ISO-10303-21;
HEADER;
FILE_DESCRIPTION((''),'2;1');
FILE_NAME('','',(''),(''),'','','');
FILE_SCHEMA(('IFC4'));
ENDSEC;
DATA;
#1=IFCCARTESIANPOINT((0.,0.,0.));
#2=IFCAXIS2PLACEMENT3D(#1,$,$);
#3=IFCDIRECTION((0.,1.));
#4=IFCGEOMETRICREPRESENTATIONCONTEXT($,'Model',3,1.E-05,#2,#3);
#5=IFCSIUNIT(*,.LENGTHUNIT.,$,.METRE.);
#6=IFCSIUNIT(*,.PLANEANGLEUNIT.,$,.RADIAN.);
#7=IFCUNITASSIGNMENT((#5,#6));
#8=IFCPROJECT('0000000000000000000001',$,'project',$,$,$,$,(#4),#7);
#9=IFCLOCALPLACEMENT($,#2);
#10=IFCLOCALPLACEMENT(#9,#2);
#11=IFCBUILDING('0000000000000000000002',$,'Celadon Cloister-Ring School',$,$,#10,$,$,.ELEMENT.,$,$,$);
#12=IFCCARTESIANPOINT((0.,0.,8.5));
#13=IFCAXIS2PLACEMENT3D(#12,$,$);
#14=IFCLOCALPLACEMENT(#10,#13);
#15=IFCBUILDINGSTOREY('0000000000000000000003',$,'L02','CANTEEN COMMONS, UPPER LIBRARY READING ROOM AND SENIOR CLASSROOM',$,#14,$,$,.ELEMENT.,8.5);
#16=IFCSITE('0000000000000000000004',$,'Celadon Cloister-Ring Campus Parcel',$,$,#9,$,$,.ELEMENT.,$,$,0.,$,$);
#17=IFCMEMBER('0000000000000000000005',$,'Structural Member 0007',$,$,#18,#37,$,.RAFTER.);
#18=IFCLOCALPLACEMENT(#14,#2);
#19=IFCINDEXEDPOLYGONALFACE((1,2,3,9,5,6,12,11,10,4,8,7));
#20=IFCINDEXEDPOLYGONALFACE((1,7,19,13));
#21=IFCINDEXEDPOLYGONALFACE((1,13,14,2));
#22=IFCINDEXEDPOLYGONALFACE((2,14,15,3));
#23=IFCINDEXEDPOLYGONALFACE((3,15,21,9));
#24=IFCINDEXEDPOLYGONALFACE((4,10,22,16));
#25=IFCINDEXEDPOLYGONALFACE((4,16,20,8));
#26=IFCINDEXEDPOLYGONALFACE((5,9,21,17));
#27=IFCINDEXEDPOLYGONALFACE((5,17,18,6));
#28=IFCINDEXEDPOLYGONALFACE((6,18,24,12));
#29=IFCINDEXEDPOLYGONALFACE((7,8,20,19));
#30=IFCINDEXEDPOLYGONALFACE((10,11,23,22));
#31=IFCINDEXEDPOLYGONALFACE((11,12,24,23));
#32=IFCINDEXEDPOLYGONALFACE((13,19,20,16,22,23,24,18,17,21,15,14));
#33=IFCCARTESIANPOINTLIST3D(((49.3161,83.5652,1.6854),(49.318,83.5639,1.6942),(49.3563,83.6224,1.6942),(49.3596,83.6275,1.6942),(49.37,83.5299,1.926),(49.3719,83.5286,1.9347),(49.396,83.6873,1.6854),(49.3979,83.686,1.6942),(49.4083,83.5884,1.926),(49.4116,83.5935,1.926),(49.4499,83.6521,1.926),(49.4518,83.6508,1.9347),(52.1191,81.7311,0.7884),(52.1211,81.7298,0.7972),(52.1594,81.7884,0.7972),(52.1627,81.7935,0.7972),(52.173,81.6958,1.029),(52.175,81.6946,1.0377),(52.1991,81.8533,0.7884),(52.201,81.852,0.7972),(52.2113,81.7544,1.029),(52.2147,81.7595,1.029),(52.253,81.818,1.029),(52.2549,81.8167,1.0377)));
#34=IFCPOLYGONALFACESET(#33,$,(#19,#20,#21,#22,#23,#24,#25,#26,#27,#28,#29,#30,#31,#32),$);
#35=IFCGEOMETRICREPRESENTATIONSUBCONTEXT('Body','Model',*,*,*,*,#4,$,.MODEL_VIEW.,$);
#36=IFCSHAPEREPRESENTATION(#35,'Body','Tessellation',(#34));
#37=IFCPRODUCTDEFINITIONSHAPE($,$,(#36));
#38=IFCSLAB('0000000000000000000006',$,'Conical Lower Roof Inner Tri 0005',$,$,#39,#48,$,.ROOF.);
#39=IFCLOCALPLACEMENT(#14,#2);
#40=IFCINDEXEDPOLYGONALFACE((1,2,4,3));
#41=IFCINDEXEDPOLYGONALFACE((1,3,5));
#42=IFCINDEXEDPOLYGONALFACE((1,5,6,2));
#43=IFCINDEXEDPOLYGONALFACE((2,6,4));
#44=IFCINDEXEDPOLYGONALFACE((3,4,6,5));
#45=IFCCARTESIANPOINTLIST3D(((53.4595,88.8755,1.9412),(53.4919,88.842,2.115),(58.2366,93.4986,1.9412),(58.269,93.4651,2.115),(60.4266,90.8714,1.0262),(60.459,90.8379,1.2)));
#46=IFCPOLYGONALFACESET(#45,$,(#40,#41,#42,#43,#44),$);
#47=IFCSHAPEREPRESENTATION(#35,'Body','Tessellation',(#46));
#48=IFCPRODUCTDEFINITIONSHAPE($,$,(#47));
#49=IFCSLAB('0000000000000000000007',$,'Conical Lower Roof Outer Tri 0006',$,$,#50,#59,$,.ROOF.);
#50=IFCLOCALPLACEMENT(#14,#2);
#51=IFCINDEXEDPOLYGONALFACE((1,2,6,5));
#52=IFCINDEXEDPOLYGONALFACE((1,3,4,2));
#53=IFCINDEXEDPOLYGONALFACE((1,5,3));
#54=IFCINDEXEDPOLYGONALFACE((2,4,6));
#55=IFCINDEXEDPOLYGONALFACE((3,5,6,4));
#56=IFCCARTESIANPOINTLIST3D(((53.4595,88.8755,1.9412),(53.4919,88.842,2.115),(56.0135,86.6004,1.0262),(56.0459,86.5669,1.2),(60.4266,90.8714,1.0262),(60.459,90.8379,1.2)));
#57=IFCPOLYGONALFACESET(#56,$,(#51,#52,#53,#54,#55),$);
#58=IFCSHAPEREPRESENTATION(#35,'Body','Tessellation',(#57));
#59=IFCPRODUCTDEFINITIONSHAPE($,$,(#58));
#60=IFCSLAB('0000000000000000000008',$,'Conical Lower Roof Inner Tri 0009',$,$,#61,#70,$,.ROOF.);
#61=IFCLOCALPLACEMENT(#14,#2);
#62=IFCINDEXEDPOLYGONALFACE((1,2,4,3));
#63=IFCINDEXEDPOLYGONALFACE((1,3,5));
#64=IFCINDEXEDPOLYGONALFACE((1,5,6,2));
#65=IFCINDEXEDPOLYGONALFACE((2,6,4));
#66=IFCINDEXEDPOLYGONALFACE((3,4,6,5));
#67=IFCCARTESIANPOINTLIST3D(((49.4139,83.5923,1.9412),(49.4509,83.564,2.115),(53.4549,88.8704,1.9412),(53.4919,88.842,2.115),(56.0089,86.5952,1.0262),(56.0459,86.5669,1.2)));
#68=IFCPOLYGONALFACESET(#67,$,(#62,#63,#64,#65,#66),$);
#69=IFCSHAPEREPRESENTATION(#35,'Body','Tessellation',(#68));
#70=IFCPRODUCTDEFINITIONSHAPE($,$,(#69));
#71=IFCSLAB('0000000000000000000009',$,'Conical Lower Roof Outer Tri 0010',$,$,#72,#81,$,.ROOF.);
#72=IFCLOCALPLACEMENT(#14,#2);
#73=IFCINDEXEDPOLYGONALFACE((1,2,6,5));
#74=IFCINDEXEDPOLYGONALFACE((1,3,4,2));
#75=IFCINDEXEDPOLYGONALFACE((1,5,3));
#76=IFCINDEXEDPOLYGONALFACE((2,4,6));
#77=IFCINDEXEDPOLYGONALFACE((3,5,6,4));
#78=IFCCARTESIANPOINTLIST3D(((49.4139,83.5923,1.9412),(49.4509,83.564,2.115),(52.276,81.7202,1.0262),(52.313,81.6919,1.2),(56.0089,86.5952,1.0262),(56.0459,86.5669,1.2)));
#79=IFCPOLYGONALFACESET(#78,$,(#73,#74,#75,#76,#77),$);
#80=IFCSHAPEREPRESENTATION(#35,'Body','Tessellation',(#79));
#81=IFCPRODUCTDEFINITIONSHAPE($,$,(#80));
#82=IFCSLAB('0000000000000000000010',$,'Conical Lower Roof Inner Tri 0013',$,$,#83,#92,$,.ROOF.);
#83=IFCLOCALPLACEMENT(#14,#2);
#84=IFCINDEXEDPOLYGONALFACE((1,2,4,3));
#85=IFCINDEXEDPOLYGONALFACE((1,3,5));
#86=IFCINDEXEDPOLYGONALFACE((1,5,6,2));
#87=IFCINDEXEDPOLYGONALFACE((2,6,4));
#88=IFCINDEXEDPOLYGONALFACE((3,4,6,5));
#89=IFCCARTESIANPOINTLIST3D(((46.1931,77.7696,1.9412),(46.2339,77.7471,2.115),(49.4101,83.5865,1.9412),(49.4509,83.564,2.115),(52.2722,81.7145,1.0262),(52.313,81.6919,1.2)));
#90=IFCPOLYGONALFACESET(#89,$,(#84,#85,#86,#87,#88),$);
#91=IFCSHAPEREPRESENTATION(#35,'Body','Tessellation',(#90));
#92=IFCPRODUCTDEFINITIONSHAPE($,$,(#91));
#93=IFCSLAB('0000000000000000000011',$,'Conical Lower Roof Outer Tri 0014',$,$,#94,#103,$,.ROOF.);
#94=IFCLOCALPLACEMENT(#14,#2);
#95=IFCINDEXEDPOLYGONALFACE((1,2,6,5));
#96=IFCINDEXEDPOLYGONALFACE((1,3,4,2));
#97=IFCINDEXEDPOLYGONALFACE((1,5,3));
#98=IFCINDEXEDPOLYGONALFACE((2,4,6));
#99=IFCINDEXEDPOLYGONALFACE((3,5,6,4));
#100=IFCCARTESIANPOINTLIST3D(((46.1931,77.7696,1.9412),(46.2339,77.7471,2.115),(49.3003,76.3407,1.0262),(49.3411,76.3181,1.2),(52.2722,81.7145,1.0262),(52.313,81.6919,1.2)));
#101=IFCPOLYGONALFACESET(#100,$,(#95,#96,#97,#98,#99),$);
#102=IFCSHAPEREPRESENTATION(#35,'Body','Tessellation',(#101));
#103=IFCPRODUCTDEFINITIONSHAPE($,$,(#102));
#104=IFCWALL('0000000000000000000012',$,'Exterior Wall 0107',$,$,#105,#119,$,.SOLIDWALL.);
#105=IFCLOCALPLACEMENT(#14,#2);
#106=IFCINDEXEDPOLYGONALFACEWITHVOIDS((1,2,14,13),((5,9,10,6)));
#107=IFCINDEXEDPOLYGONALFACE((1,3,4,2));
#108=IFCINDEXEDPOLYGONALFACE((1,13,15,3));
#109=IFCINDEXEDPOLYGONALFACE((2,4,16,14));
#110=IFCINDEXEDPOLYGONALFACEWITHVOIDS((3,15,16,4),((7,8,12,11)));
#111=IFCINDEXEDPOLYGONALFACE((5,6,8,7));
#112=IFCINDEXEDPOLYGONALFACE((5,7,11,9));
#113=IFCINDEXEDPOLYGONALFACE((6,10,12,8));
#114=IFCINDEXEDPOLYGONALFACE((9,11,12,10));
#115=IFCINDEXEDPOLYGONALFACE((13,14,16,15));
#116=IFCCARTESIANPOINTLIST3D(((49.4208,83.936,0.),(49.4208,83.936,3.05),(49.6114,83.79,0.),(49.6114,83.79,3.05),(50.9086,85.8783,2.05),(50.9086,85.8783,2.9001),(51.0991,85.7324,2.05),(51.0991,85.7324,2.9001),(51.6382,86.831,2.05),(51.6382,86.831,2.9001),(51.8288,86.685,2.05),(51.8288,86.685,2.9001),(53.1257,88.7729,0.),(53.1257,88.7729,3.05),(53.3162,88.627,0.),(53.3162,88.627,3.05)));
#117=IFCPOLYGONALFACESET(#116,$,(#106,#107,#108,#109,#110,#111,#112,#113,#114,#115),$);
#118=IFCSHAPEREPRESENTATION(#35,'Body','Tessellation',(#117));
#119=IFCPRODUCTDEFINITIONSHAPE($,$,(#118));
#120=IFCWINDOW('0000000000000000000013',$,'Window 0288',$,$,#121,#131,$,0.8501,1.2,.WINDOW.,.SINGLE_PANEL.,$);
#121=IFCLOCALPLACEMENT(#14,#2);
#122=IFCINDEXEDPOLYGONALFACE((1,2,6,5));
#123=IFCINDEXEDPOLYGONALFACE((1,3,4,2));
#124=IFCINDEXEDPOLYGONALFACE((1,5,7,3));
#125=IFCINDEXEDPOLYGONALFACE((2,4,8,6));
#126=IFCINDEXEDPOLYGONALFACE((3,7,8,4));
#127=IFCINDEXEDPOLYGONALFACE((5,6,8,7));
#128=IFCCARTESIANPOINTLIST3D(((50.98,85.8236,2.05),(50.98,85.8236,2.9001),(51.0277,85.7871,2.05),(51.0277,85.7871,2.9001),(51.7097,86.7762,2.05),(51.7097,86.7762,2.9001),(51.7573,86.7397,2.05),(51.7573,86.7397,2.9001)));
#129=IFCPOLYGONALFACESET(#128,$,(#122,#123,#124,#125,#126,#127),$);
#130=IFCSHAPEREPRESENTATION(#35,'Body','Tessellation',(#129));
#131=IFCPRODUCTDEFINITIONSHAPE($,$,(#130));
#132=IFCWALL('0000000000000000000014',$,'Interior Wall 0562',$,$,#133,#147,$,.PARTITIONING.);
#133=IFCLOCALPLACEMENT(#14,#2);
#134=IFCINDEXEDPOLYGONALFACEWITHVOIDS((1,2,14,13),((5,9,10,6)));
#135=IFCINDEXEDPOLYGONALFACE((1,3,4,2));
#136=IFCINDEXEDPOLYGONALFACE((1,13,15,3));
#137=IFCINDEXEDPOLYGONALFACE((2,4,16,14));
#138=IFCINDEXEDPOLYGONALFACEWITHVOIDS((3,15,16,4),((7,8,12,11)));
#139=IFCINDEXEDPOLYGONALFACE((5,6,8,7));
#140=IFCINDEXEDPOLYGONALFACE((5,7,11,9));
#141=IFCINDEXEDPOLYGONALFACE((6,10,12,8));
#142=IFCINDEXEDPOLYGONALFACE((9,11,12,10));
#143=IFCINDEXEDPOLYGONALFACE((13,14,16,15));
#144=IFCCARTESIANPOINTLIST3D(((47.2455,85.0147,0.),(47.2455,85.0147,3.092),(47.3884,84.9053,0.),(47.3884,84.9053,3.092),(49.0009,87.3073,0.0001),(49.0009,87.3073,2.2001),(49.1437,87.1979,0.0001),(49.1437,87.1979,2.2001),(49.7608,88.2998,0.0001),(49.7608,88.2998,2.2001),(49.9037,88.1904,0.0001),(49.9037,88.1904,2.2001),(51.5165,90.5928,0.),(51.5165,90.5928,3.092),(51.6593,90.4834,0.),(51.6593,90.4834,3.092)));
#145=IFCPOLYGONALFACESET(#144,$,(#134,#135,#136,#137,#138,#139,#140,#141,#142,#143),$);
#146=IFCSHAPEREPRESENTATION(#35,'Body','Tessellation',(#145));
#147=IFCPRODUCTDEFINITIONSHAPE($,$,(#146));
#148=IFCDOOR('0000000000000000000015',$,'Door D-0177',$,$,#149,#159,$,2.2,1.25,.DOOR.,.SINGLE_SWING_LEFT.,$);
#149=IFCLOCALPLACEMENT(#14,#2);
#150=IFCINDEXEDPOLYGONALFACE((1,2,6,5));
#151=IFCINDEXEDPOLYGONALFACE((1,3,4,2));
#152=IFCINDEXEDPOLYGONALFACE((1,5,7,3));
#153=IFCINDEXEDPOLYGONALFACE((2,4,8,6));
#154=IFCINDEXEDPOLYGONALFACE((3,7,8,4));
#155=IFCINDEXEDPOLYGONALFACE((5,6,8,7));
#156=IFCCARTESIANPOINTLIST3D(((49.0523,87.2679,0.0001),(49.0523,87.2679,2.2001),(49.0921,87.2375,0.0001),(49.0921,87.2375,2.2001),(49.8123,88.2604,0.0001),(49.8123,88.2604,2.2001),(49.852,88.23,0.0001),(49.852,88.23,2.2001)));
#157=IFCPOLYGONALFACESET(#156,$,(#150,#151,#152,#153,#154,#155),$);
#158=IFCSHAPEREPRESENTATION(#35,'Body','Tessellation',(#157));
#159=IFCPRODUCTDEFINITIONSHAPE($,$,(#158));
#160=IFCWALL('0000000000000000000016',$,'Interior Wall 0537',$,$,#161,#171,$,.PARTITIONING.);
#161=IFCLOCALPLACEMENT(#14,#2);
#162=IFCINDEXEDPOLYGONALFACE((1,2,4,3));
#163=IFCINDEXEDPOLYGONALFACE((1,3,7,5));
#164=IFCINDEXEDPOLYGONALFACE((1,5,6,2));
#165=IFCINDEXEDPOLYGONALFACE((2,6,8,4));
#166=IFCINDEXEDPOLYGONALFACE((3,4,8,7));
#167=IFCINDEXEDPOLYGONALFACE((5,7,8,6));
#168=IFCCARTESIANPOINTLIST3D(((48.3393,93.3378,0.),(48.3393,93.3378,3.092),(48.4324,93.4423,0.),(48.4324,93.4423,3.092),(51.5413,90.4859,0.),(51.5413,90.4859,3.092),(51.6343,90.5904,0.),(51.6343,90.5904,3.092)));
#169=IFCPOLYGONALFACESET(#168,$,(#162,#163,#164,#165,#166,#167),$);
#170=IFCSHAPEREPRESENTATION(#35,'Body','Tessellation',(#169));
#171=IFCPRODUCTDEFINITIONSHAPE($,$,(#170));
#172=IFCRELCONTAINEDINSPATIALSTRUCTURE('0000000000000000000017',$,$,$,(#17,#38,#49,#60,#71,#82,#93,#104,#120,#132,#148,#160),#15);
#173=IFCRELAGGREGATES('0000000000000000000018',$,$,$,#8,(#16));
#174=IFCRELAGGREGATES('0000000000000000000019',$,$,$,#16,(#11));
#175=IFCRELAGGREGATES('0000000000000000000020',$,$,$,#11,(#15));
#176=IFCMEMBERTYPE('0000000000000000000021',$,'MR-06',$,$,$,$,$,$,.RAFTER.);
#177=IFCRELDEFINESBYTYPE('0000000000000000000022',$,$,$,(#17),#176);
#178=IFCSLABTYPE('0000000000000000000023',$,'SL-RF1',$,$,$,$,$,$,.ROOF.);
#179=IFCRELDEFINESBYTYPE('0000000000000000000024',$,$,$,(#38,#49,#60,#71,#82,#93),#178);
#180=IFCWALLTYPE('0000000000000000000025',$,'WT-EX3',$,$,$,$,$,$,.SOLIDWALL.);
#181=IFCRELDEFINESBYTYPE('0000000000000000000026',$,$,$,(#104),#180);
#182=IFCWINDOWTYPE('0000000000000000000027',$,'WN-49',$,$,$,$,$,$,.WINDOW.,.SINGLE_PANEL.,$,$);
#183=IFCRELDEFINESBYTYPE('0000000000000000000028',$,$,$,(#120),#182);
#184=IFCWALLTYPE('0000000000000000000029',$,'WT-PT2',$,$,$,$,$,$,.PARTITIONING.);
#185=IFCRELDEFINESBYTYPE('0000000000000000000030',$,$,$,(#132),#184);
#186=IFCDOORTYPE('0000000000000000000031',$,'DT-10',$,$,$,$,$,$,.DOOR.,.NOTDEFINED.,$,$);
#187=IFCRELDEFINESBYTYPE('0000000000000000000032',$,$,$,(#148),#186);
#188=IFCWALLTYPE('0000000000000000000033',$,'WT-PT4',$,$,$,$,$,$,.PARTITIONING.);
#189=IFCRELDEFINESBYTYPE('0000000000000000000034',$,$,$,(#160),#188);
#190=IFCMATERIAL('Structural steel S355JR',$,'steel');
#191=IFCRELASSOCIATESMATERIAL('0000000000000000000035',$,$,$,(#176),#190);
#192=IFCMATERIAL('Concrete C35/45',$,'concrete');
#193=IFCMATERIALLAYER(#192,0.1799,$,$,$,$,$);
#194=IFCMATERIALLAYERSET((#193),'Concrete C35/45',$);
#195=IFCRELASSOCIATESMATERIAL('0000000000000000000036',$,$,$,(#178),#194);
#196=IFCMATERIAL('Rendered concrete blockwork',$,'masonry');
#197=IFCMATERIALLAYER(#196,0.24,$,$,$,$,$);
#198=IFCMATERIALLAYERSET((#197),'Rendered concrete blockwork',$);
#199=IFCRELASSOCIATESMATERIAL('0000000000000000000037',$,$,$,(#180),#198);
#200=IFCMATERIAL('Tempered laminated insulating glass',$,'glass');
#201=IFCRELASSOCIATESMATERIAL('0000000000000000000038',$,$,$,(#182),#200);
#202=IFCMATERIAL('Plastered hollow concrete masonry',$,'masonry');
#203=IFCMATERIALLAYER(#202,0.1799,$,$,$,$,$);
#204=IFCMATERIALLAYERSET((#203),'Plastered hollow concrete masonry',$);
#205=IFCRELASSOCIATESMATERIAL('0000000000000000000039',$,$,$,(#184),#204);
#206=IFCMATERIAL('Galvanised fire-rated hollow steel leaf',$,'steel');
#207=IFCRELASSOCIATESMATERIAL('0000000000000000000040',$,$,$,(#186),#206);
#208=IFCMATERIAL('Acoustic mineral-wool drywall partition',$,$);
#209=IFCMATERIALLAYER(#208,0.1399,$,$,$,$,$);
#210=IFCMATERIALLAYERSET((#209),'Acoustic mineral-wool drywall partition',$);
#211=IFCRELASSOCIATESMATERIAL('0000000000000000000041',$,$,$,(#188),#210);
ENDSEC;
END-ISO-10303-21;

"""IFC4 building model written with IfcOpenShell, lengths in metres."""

from ifc_helpers import new_model, si_unit, direction, frame, frame_2d, origin, origin_2d, place, context, subcontext, project, spatial, polyline, rectangle, i_section, outline, extrude, material, layer, layer_set, material_profile, profile_set, type_object, element, fill, save


model = new_model("IFC4")

# Units and contexts
model_context = context("Model", 3, precision=1e-05, world=origin(), true_north=direction((0.0, 1.0)))
body_context = subcontext(model_context, "Body", "Model", "MODEL_VIEW")
ifc_project = project(units=[si_unit("LENGTHUNIT", "METRE"), si_unit("PLANEANGLEUNIT", "RADIAN")], contexts=[model_context])

# Site, building, storey
site_placement = place(None, origin())
site = spatial("IfcSite", under=ifc_project, at=site_placement, Name="Celadon Cloister-Ring Campus Parcel", CompositionType="ELEMENT", RefElevation=0.0)
building_placement = place(site_placement, origin())
building = spatial("IfcBuilding", under=site, at=building_placement, Name="Celadon Cloister-Ring School", CompositionType="ELEMENT")
storey_placement = place(building_placement, frame((0.0, 0.0, 8.5)))
storey = spatial("IfcBuildingStorey", under=building, at=storey_placement, Name="L02", Description="CANTEEN COMMONS, UPPER LIBRARY READING ROOM AND SENIOR CLASSROOM", CompositionType="ELEMENT", Elevation=8.5)

# Member
ifc_material_1 = material(Name="Structural steel S355JR", Category="steel")
ifc_material_profile_1 = material_profile(ifc_material_1, i_section(OverallWidth=0.146, OverallDepth=0.2581, WebThickness=0.0061, FlangeThickness=0.009, at=origin_2d()), Name="W250X33")
ifc_profile_set_1 = profile_set([ifc_material_profile_1], Name="Structural steel S355JR")
member_type_1 = type_object("IfcMemberType", Name="MR-06", PredefinedType="RAFTER", material=ifc_profile_set_1)
member_1_placement = place(storey_placement, frame((52.187, 81.7739, 0.9131), z_axis=(-0.808317, 0.528881, 0.258667), x_axis=(-0.547514, -0.836796, 0.0)))
element("IfcMember", 1, at=member_1_placement, inside=storey, type_object=member_type_1, Name="Structural Member 0007", PredefinedType="RAFTER", context=body_context, shape_type="SweptSolid", body=[
    extrude(i_section(OverallWidth=0.146, OverallDepth=0.2581, WebThickness=0.0061, FlangeThickness=0.009, at=origin_2d()), origin(), (0.0, 0.0, 1.0), 3.4678),
])

# Slabs
ifc_material_2 = material(Name="Concrete C35/45", Category="concrete")
ifc_layer_1 = layer(ifc_material_2, 0.1799)
ifc_layer_set_1 = layer_set([ifc_layer_1], Name="Concrete C35/45")
slab_type = type_object("IfcSlabType", Name="SL-RF1", PredefinedType="ROOF", material=ifc_layer_set_1)
slab_1_placement = place(storey_placement, frame((60.459, 90.8379, 1.2), z_axis=(0.180193, -0.186197, 0.965847), x_axis=(-0.618536, 0.742036, 0.258447)))
element("IfcSlab", 2, at=slab_1_placement, inside=storey, type_object=slab_type, Name="Conical Lower Roof Inner Tri 0005", PredefinedType="ROOF", context=body_context, shape_type="SweptSolid", body=[
    extrude(outline(polyline([(0.0, 0.0), (3.5405, 0.0), (3.0649, 6.6308), (0.0, 0.0)])), origin(), (0.0, 0.0, -1.0), 0.1799),
])
slab_2_placement = place(storey_placement, frame((60.459, 90.8379, 1.2), z_axis=(0.180189, -0.186184, 0.965851), x_axis=(-0.95376, -0.273224, 0.125265)))
element("IfcSlab", 3, at=slab_2_placement, inside=storey, type_object=slab_type, Name="Conical Lower Roof Outer Tri 0006", PredefinedType="ROOF", context=body_context, shape_type="SweptSolid", body=[
    extrude(outline(polyline([(0.0, 0.0), (7.3048, 0.0), (5.376, 2.9691), (0.0, 0.0)])), origin(), (0.0, 0.0, -1.0), 0.1799),
])
slab_3_placement = place(storey_placement, frame((56.0459, 86.5669, 1.2), z_axis=(0.205731, -0.157512, 0.965849), x_axis=(-0.721322, 0.642577, 0.258437)))
element("IfcSlab", 4, at=slab_3_placement, inside=storey, type_object=slab_type, Name="Conical Lower Roof Inner Tri 0009", PredefinedType="ROOF", context=body_context, shape_type="SweptSolid", body=[
    extrude(outline(polyline([(0.0, 0.0), (3.5407, 0.0), (3.064, 6.6303), (0.0, 0.0)])), origin(), (0.0, 0.0, -1.0), 0.1799),
])
slab_4_placement = place(storey_placement, frame((56.0459, 86.5669, 1.2), z_axis=(0.205744, -0.157543, 0.965841), x_axis=(-0.902925, -0.411135, 0.125279)))
element("IfcSlab", 5, at=slab_4_placement, inside=storey, type_object=slab_type, Name="Conical Lower Roof Outer Tri 0010", PredefinedType="ROOF", context=body_context, shape_type="SweptSolid", body=[
    extrude(outline(polyline([(0.0, 0.0), (7.304, 0.0), (5.3748, 2.9684), (0.0, 0.0)])), origin(), (0.0, 0.0, -1.0), 0.1799),
])
slab_5_placement = place(storey_placement, frame((52.313, 81.6919, 1.2), z_axis=(0.226762, -0.125411, 0.965842), x_axis=(-0.808436, 0.528797, 0.258468)))
element("IfcSlab", 6, at=slab_5_placement, inside=storey, type_object=slab_type, Name="Conical Lower Roof Inner Tri 0013", PredefinedType="ROOF", context=body_context, shape_type="SweptSolid", body=[
    extrude(outline(polyline([(0.0, 0.0), (3.5402, 0.0), (3.0651, 6.6302), (0.0, 0.0)])), origin(), (0.0, 0.0, -1.0), 0.1799),
])
slab_6_placement = place(storey_placement, frame((52.313, 81.6919, 1.2), z_axis=(0.22676, -0.125408, 0.965843), x_axis=(-0.832251, -0.540061, 0.125272)))
element("IfcSlab", 7, at=slab_6_placement, inside=storey, type_object=slab_type, Name="Conical Lower Roof Outer Tri 0014", PredefinedType="ROOF", context=body_context, shape_type="SweptSolid", body=[
    extrude(outline(polyline([(0.0, 0.0), (7.3044, 0.0), (5.3756, 2.9687), (0.0, 0.0)])), origin(), (0.0, 0.0, -1.0), 0.1799),
])

# Wall, opening, window
ifc_material_3 = material(Name="Rendered concrete blockwork", Category="masonry")
ifc_layer_2 = layer(ifc_material_3, 0.24)
ifc_layer_set_2 = layer_set([ifc_layer_2], Name="Rendered concrete blockwork")
wall_type_1 = type_object("IfcWallType", Name="WT-EX3", PredefinedType="SOLIDWALL", material=ifc_layer_set_2)
wall_1_placement = place(storey_placement, frame((53.2209, 88.7, 0.0), z_axis=(0.0, 0.0, 1.0), x_axis=(-0.608073, -0.793881, 0.0)))
wall_1 = element("IfcWall", 8, at=wall_1_placement, inside=storey, type_object=wall_type_1, Name="Exterior Wall 0107", PredefinedType="SOLIDWALL", context=body_context, shape_type="SweptSolid", body=[
    extrude(rectangle(XDim=6.0928, YDim=0.24, at=frame_2d((3.0464, 0.0))), origin(), (0.0, 0.0, 1.0), 3.05),
])
opening_1_placement = place(wall_1_placement, frame((2.446, 0.0, 2.05)))
opening_1 = element("IfcOpeningElement", 9, at=opening_1_placement, cuts=wall_1, PredefinedType="OPENING", context=body_context, shape_type="SweptSolid", body=[
    extrude(rectangle(XDim=1.2, YDim=0.8501, at=frame_2d((0.6001, 0.425))), frame((0.0, 0.1299, 0.0), z_axis=(0.0, -1.0, 0.0), x_axis=(1.0, 0.0, 0.0)), (0.0, 0.0, 1.0), 0.26),
])
ifc_material_4 = material(Name="Tempered laminated insulating glass", Category="glass")
window_type = type_object("IfcWindowType", Name="WN-49", PartitioningType="SINGLE_PANEL", PredefinedType="WINDOW", material=ifc_material_4)
window_placement = place(opening_1_placement, origin())
window = element("IfcWindow", 10, at=window_placement, inside=storey, type_object=window_type, Name="Window 0288", OverallHeight=0.8501, OverallWidth=1.2, PartitioningType="SINGLE_PANEL", PredefinedType="WINDOW", context=body_context, shape_type="SweptSolid", body=[
    extrude(rectangle(XDim=1.2, YDim=0.8501, at=frame_2d((0.6001, 0.425))), frame((0.0, 0.03, 0.0), z_axis=(0.0, -1.0, 0.0), x_axis=(1.0, 0.0, 0.0)), (0.0, 0.0, 1.0), 0.0601),
])
fill(opening_1, window)

# Wall, opening, door
ifc_material_5 = material(Name="Plastered hollow concrete masonry", Category="masonry")
ifc_layer_3 = layer(ifc_material_5, 0.1799)
ifc_layer_set_3 = layer_set([ifc_layer_3], Name="Plastered hollow concrete masonry")
wall_type_2 = type_object("IfcWallType", Name="WT-PT2", PredefinedType="PARTITIONING", material=ifc_layer_set_3)
wall_2_placement = place(storey_placement, frame((51.5879, 90.5381, 0.0), z_axis=(0.0, 0.0, 1.0), x_axis=(-0.607932, -0.793989, 0.0)))
wall_2 = element("IfcWall", 11, at=wall_2_placement, inside=storey, type_object=wall_type_2, Name="Interior Wall 0562", PredefinedType="PARTITIONING", context=body_context, shape_type="SweptSolid", body=[
    extrude(rectangle(XDim=7.0254, YDim=0.1799, at=frame_2d((3.5127, 0.0))), origin(), (0.0, 0.0, 1.0), 3.092),
])
opening_2_placement = place(wall_2_placement, frame((2.8879, 0.0, 0.0)))
opening_2 = element("IfcOpeningElement", 12, at=opening_2_placement, cuts=wall_2, PredefinedType="OPENING", context=body_context, shape_type="SweptSolid", body=[
    extrude(rectangle(XDim=1.25, YDim=2.2, at=frame_2d((0.625, 1.1001))), frame((0.0, 0.1001, 0.0), z_axis=(0.0, -1.0, 0.0), x_axis=(1.0, 0.0, 0.0)), (0.0, 0.0, 1.0), 0.2),
])
ifc_material_6 = material(Name="Galvanised fire-rated hollow steel leaf", Category="steel")
door_type = type_object("IfcDoorType", Name="DT-10", OperationType="NOTDEFINED", PredefinedType="DOOR", material=ifc_material_6)
door_placement = place(opening_2_placement, origin())
door = element("IfcDoor", 13, at=door_placement, inside=storey, type_object=door_type, Name="Door D-0177", OperationType="SINGLE_SWING_LEFT", OverallHeight=2.2, OverallWidth=1.25, PredefinedType="DOOR", context=body_context, shape_type="SweptSolid", body=[
    extrude(rectangle(XDim=1.25, YDim=2.2, at=frame_2d((0.625, 1.1001))), frame((0.0, 0.0249, 0.0), z_axis=(0.0, -1.0, 0.0), x_axis=(1.0, 0.0, 0.0)), (0.0, 0.0, 1.0), 0.05),
])
fill(opening_2, door)

# Wall
ifc_material_7 = material(Name="Acoustic mineral-wool drywall partition")
ifc_layer_4 = layer(ifc_material_7, 0.1399)
ifc_layer_set_4 = layer_set([ifc_layer_4], Name="Acoustic mineral-wool drywall partition")
wall_type_3 = type_object("IfcWallType", Name="WT-PT4", PredefinedType="PARTITIONING", material=ifc_layer_set_4)
wall_3_placement = place(storey_placement, frame((51.5879, 90.5381, 0.0), z_axis=(0.0, 0.0, 1.0), x_axis=(-0.746752, 0.665102, 0.0)))
element("IfcWall", 14, at=wall_3_placement, inside=storey, type_object=wall_type_3, Name="Interior Wall 0537", PredefinedType="PARTITIONING", context=body_context, shape_type="SweptSolid", body=[
    extrude(rectangle(XDim=4.2878, YDim=0.1399, at=frame_2d((2.144, 0.0))), origin(), (0.0, 0.0, 1.0), 3.092),
])

save(model, "model.ifc")
